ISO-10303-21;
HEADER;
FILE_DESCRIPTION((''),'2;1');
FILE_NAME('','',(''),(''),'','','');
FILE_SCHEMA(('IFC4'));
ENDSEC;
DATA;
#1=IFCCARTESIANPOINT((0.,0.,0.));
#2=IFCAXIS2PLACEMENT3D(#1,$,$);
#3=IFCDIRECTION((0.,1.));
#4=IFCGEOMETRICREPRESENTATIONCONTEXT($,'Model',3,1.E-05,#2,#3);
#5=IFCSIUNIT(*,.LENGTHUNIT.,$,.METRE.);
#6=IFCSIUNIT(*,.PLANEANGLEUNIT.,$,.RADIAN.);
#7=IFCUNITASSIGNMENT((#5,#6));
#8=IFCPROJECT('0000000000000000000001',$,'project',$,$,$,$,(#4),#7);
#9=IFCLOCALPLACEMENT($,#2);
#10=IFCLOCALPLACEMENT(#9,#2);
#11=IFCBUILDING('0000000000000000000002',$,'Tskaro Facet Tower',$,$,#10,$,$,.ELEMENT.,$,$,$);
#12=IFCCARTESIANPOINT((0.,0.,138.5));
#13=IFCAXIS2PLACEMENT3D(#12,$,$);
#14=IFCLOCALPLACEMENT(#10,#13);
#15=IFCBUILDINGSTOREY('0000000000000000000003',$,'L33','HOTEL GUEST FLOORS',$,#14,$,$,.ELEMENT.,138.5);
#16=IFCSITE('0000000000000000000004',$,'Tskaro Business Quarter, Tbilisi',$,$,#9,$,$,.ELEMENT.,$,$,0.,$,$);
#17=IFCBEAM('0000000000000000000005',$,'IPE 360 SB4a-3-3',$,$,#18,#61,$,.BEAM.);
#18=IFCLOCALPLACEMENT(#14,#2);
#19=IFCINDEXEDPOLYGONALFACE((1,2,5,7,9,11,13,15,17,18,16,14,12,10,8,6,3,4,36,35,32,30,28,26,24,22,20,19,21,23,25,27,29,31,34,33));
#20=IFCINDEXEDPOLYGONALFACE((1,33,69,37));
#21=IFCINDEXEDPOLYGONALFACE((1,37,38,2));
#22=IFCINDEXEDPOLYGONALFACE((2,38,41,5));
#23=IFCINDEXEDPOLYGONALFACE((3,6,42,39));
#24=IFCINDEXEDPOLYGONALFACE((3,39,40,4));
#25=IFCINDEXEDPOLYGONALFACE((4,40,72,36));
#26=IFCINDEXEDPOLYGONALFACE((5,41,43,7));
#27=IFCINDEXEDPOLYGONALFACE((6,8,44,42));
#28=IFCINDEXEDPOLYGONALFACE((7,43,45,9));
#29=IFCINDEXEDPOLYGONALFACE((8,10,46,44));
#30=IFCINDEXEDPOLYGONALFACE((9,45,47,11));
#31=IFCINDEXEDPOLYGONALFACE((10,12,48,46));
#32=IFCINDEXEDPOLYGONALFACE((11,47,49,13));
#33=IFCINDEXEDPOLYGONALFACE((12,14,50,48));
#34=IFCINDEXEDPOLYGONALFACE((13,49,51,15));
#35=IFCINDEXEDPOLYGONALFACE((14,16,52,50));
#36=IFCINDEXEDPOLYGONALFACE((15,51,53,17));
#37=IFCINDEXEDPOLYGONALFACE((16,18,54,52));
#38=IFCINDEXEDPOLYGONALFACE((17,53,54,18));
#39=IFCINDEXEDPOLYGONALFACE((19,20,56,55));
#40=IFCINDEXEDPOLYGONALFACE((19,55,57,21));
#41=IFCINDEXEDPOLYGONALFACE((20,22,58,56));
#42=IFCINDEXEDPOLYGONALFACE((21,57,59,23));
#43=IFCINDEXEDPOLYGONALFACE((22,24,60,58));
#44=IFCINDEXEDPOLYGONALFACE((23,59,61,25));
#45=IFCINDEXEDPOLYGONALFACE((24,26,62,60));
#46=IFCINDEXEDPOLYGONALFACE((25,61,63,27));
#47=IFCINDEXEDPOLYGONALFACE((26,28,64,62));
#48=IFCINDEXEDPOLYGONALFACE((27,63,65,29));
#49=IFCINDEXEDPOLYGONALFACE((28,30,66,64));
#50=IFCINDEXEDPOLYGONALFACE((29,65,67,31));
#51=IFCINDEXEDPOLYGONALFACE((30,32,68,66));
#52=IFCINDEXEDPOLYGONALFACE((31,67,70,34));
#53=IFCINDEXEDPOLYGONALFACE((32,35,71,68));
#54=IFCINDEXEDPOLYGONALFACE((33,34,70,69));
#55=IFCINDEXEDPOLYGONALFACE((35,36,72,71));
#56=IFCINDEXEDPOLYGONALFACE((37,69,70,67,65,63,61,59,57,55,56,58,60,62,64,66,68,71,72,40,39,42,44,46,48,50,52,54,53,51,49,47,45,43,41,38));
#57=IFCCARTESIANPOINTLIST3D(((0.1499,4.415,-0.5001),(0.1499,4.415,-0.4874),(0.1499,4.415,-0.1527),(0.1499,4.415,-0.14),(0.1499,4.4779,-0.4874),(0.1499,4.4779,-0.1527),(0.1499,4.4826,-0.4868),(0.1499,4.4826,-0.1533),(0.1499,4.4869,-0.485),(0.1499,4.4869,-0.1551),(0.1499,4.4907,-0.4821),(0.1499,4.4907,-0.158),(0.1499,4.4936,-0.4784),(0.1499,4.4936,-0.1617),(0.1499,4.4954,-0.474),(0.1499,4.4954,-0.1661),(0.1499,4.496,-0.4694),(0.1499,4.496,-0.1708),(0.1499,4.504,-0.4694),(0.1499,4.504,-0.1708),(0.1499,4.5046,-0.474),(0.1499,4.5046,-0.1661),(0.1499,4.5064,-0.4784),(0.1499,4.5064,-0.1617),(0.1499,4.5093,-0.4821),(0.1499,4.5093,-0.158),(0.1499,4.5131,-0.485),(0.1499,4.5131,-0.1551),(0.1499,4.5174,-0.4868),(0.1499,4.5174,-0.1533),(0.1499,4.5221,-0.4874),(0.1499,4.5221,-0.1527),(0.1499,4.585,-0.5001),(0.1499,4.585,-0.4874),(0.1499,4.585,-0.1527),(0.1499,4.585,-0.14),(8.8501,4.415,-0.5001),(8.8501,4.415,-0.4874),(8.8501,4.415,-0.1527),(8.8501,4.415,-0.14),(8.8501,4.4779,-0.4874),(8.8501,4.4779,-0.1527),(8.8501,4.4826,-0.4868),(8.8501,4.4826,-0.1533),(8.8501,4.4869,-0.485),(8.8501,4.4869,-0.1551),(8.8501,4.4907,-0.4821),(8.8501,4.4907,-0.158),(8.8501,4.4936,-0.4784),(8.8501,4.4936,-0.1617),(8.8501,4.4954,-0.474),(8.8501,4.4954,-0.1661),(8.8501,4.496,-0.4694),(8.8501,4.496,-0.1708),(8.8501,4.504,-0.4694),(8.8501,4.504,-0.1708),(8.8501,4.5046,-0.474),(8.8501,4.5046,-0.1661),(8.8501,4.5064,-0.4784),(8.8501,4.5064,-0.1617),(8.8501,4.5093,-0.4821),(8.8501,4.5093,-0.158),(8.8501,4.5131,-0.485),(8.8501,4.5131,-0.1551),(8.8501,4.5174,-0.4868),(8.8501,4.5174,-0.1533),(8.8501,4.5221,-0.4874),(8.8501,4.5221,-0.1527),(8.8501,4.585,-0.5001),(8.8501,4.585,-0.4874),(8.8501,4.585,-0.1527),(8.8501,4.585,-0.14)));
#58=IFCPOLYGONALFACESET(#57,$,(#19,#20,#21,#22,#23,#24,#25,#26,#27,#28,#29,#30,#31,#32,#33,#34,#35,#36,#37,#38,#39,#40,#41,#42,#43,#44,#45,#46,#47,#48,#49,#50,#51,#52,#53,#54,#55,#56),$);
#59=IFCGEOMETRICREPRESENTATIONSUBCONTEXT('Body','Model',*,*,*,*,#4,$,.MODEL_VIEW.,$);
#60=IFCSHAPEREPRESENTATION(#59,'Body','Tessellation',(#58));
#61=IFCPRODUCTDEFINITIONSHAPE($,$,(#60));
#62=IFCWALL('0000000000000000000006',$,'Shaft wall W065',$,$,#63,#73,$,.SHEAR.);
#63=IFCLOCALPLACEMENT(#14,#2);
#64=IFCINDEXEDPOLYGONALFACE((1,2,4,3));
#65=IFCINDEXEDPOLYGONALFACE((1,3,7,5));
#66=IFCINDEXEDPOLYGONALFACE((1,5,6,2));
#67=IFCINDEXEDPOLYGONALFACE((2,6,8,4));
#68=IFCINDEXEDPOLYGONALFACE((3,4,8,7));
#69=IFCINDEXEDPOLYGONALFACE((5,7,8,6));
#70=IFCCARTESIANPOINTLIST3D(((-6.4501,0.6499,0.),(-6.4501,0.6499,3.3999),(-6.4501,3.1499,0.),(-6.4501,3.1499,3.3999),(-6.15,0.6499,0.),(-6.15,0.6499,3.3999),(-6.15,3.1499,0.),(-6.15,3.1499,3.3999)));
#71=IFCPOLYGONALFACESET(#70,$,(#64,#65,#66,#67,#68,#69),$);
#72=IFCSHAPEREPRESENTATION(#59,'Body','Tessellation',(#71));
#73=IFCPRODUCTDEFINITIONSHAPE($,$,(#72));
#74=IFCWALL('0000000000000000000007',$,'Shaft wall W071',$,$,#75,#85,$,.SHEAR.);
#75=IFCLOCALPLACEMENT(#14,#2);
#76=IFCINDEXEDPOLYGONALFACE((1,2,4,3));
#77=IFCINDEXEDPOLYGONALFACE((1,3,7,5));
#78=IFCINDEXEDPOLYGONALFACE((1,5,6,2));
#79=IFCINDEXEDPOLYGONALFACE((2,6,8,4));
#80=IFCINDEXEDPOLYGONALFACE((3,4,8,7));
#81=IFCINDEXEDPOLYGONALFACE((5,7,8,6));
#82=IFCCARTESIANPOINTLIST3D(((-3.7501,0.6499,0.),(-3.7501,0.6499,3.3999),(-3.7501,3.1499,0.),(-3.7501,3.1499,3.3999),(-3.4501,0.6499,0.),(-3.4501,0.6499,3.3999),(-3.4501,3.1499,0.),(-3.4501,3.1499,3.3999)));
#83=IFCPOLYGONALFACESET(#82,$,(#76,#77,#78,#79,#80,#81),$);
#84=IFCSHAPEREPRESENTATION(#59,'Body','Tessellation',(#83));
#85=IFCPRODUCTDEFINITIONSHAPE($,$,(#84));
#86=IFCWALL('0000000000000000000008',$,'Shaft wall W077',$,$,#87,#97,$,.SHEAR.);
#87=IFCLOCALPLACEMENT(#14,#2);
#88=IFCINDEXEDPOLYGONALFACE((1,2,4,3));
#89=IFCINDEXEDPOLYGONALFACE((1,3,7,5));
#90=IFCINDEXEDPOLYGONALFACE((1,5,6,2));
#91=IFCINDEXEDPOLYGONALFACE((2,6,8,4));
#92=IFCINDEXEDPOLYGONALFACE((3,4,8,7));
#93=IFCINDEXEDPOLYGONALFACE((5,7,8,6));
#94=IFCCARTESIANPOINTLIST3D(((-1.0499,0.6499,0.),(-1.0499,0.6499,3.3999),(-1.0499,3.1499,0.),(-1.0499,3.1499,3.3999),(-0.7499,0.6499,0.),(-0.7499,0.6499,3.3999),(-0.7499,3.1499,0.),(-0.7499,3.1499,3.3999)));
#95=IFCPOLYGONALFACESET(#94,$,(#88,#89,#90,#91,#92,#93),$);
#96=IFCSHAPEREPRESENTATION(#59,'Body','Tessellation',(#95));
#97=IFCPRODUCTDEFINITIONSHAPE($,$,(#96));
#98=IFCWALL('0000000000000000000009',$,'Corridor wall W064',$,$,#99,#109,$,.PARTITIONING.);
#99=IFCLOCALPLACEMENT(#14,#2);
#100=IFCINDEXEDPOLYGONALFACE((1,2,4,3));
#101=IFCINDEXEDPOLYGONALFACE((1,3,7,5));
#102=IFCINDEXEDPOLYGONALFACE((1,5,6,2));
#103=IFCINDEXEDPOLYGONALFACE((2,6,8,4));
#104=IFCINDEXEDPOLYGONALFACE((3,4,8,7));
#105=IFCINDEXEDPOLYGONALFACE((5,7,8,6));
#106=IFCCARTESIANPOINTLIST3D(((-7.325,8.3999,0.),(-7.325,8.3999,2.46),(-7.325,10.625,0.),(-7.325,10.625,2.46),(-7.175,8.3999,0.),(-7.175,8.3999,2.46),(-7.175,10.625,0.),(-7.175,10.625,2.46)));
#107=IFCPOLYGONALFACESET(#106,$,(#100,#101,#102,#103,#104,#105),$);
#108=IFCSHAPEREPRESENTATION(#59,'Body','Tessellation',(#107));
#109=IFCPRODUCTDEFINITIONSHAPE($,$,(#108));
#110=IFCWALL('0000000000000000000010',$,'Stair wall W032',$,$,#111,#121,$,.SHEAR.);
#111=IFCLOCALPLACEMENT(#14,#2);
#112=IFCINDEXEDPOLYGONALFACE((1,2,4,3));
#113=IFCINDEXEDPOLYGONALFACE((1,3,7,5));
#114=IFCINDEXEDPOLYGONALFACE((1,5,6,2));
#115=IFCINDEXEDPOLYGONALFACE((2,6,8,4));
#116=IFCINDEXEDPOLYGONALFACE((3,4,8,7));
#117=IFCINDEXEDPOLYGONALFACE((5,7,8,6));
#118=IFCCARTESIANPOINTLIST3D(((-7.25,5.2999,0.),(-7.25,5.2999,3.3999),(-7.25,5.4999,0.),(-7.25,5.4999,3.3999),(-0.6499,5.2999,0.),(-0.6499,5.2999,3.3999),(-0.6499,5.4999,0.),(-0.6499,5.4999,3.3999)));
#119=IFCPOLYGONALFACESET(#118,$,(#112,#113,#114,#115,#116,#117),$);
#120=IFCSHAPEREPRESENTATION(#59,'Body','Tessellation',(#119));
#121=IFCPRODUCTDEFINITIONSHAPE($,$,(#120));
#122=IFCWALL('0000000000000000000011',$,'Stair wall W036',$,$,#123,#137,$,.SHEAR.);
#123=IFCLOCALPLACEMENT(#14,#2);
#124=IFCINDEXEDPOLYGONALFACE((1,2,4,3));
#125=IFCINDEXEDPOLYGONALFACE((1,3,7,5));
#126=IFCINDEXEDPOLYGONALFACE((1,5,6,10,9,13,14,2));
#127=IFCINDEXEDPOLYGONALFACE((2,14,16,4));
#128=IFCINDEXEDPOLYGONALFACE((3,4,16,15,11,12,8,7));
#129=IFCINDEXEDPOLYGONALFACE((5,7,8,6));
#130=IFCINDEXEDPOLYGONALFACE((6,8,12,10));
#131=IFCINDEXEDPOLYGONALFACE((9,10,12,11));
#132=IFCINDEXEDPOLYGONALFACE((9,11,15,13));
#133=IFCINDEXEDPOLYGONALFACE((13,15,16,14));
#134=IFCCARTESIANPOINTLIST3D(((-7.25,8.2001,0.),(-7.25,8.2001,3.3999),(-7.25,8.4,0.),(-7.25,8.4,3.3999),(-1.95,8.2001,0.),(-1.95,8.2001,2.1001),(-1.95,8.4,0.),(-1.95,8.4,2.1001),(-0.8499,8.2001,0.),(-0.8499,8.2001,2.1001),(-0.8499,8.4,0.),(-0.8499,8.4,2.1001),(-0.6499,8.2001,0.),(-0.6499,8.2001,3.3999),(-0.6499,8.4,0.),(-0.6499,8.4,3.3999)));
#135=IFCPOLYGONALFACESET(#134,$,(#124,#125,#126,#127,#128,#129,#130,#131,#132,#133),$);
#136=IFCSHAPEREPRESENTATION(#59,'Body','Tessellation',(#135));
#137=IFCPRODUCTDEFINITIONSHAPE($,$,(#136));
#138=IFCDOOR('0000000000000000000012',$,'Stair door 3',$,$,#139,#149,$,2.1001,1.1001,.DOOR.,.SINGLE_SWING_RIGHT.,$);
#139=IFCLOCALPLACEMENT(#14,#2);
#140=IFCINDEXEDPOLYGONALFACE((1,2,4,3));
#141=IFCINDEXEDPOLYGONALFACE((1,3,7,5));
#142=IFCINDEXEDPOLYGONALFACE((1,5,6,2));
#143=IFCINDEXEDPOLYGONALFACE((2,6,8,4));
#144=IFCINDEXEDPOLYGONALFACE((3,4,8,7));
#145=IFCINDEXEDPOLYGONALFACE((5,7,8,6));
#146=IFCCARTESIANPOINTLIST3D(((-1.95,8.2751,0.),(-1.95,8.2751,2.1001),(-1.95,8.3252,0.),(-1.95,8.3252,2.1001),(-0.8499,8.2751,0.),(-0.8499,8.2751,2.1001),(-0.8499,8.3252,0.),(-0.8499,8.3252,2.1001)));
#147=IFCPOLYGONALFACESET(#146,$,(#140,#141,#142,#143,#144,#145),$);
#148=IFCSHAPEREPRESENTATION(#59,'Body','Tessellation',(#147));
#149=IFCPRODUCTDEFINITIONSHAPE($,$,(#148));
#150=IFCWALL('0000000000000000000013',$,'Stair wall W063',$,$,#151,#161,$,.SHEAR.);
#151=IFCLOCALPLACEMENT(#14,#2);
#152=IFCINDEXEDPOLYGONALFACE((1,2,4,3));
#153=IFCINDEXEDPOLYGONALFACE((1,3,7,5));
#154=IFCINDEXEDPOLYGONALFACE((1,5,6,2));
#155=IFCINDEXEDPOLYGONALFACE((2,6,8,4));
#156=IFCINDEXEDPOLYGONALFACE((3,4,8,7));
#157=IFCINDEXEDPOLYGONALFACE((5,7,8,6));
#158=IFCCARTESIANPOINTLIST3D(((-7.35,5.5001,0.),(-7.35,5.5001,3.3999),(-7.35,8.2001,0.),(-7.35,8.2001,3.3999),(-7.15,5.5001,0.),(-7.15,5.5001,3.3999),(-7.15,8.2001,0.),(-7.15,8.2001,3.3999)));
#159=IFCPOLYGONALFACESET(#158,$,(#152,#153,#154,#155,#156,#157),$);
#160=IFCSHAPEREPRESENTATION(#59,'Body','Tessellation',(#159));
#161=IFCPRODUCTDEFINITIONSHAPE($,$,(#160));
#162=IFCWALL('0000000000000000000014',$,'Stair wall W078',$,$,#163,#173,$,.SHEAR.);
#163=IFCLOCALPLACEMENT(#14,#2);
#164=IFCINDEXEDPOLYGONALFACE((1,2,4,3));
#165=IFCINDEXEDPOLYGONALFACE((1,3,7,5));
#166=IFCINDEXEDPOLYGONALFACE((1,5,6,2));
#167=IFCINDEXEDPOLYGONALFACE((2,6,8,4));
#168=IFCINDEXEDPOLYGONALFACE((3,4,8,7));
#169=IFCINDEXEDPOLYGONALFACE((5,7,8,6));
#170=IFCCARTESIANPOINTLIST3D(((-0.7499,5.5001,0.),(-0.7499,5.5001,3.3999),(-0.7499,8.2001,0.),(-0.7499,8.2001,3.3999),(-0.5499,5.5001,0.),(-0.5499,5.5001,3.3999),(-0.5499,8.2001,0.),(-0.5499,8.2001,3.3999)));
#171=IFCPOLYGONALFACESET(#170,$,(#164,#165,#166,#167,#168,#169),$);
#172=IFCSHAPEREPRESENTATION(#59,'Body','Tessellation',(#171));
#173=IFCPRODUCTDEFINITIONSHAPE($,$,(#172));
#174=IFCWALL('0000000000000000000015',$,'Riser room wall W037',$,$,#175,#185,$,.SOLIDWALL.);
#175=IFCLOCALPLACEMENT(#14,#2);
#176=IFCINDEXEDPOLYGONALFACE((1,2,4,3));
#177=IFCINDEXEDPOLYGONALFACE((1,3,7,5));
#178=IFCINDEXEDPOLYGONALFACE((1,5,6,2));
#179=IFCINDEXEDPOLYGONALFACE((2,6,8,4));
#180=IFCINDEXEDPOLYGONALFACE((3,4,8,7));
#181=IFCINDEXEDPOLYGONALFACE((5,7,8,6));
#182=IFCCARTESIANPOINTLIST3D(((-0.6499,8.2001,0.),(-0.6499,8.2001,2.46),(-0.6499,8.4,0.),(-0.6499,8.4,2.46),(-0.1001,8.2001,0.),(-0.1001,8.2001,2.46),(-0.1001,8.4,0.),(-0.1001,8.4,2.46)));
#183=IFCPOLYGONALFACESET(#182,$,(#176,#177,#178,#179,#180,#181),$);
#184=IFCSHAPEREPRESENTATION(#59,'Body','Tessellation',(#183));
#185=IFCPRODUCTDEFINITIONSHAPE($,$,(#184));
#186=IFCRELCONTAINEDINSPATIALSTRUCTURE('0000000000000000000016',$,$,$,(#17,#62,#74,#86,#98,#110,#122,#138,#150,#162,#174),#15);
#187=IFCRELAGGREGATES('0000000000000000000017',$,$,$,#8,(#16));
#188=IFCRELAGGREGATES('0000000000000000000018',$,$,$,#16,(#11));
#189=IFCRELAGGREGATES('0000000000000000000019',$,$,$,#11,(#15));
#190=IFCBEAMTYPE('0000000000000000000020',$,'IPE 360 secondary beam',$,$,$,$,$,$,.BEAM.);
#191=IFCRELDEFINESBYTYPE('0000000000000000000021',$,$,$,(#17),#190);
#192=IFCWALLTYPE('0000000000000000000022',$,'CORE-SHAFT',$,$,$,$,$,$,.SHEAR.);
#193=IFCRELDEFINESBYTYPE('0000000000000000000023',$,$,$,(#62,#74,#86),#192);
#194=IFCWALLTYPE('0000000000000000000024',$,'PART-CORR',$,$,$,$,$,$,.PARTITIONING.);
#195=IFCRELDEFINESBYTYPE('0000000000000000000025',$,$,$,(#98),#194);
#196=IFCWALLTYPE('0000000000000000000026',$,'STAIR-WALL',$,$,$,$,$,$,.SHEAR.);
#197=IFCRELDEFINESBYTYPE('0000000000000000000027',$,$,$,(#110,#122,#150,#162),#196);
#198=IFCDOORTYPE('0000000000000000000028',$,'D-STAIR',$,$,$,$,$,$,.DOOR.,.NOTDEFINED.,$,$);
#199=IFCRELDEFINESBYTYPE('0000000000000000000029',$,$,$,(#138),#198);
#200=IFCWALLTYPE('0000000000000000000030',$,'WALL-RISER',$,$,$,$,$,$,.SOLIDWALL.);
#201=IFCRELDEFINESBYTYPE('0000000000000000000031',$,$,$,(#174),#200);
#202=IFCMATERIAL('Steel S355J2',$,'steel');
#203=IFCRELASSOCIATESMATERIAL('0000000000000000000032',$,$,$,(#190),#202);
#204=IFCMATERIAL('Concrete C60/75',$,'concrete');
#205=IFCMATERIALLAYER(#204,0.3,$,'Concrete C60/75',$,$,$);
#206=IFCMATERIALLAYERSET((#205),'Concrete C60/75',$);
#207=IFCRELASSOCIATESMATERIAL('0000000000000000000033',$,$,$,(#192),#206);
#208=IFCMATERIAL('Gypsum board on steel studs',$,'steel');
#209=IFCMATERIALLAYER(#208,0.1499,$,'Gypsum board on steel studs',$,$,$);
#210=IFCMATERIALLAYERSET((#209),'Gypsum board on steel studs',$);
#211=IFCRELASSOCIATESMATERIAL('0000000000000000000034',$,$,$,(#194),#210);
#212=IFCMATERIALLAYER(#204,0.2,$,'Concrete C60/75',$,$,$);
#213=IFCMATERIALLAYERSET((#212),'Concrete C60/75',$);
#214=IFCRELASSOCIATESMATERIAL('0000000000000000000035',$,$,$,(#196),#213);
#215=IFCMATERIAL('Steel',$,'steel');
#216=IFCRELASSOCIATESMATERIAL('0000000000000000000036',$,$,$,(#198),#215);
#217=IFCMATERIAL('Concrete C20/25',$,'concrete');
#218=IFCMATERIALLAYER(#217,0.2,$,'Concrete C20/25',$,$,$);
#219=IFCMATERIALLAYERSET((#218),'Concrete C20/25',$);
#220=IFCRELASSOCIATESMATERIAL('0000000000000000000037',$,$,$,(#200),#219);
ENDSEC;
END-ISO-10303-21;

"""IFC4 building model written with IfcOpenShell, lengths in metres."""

from ifc_helpers import new_model, si_unit, direction, frame, frame_2d, origin, origin_2d, place, context, subcontext, project, spatial, rectangle, i_section, extrude, material, layer, layer_set, material_profile, profile_set, type_object, element, fill, save


model = new_model("IFC4")

# Units and contexts
model_context = context("Model", 3, precision=1e-05, world=origin(), true_north=direction((0.0, 1.0)))
body_context = subcontext(model_context, "Body", "Model", "MODEL_VIEW")
ifc_project = project(units=[si_unit("LENGTHUNIT", "METRE"), si_unit("PLANEANGLEUNIT", "RADIAN")], contexts=[model_context])

# Site, building, storey
site_placement = place(None, origin())
site = spatial("IfcSite", under=ifc_project, at=site_placement, Name="Tskaro Business Quarter, Tbilisi", CompositionType="ELEMENT", RefElevation=0.0)
building_placement = place(site_placement, origin())
building = spatial("IfcBuilding", under=site, at=building_placement, Name="Tskaro Facet Tower", CompositionType="ELEMENT")
storey_placement = place(building_placement, frame((0.0, 0.0, 138.5)))
storey = spatial("IfcBuildingStorey", under=building, at=storey_placement, Name="L33", Description="HOTEL GUEST FLOORS", CompositionType="ELEMENT", Elevation=138.5)

# Beam
ifc_material_1 = material(Name="Steel S355J2", Category="steel")
ifc_material_profile_1 = material_profile(ifc_material_1, i_section(OverallWidth=0.1699, OverallDepth=0.3601, WebThickness=0.0081, FlangeThickness=0.0127, FilletRadius=0.0181, at=origin_2d()), Name="IPE 360")
ifc_profile_set_1 = profile_set([ifc_material_profile_1], Name="Steel S355J2")
beam_type_1 = type_object("IfcBeamType", Name="IPE 360 secondary beam", PredefinedType="BEAM", material=ifc_profile_set_1)
beam_1_placement = place(storey_placement, frame((0.1499, 4.5, -0.3201), z_axis=(1.0, 0.0, 0.0), x_axis=(0.0, 1.0, 0.0)))
element("IfcBeam", 1, at=beam_1_placement, inside=storey, type_object=beam_type_1, Name="IPE 360 SB4a-3-3", PredefinedType="BEAM", context=body_context, shape_type="SweptSolid", body=[
    extrude(i_section(OverallWidth=0.1699, OverallDepth=0.3601, WebThickness=0.0081, FlangeThickness=0.0127, FilletRadius=0.0181, at=origin_2d()), origin(), (0.0, 0.0, 1.0), 8.7002),
])

# Walls
ifc_material_2 = material(Name="Concrete C60/75", Category="concrete")
ifc_layer_1 = layer(ifc_material_2, 0.3, Name="Concrete C60/75")
ifc_layer_set_1 = layer_set([ifc_layer_1], Name="Concrete C60/75")
wall_type_1 = type_object("IfcWallType", Name="CORE-SHAFT", PredefinedType="SHEAR", material=ifc_layer_set_1)
for number, where, z_axis, x_axis, name in (
    (2, (-6.3, 0.6499, 0.0), (0.0, 0.0, 1.0), (0.0, 1.0, 0.0), "Shaft wall W065"),
    (3, (-3.6001, 0.6499, 0.0), (0.0, 0.0, 1.0), (0.0, 1.0, 0.0), "Shaft wall W071"),
    (4, (-0.8999, 0.6499, 0.0), (0.0, 0.0, 1.0), (0.0, 1.0, 0.0), "Shaft wall W077"),
):
    element("IfcWall", number, at=place(storey_placement, frame(where, z_axis=z_axis, x_axis=x_axis)), inside=storey, type_object=wall_type_1, Name=name, PredefinedType="SHEAR", context=body_context, shape_type="SweptSolid", body=[
        extrude(rectangle(XDim=2.5, YDim=0.3, at=frame_2d((1.25, 0.0))), origin(), (0.0, 0.0, 1.0), 3.3999),
    ])
ifc_material_3 = material(Name="Gypsum board on steel studs", Category="steel")
ifc_layer_2 = layer(ifc_material_3, 0.1499, Name="Gypsum board on steel studs")
ifc_layer_set_2 = layer_set([ifc_layer_2], Name="Gypsum board on steel studs")
wall_type_2 = type_object("IfcWallType", Name="PART-CORR", PredefinedType="PARTITIONING", material=ifc_layer_set_2)
wall_1_placement = place(storey_placement, frame((-7.25, 8.3999, 0.0), z_axis=(0.0, 0.0, 1.0), x_axis=(0.0, 1.0, 0.0)))
element("IfcWall", 5, at=wall_1_placement, inside=storey, type_object=wall_type_2, Name="Corridor wall W064", PredefinedType="PARTITIONING", context=body_context, shape_type="SweptSolid", body=[
    extrude(rectangle(XDim=2.2251, YDim=0.1499, at=frame_2d((1.1125, 0.0))), origin(), (0.0, 0.0, 1.0), 2.46),
])
ifc_layer_3 = layer(ifc_material_2, 0.2, Name="Concrete C60/75")
ifc_layer_set_3 = layer_set([ifc_layer_3], Name="Concrete C60/75")
wall_type_3 = type_object("IfcWallType", Name="STAIR-WALL", PredefinedType="SHEAR", material=ifc_layer_set_3)
wall_2_placement = place(storey_placement, frame((-7.25, 5.3999, 0.0), z_axis=(0.0, 0.0, 1.0), x_axis=(1.0, 0.0, 0.0)))
element("IfcWall", 6, at=wall_2_placement, inside=storey, type_object=wall_type_3, Name="Stair wall W032", PredefinedType="SHEAR", context=body_context, shape_type="SweptSolid", body=[
    extrude(rectangle(XDim=6.6001, YDim=0.2, at=frame_2d((3.3, 0.0))), origin(), (0.0, 0.0, 1.0), 3.3999),
])

# Wall, opening, door
wall_3_placement = place(storey_placement, frame((-0.6499, 8.3, 0.0), z_axis=(0.0, 0.0, 1.0), x_axis=(-1.0, 0.0, 0.0)))
wall_3 = element("IfcWall", 7, at=wall_3_placement, inside=storey, type_object=wall_type_3, Name="Stair wall W036", PredefinedType="SHEAR", context=body_context, shape_type="SweptSolid", body=[
    extrude(rectangle(XDim=6.6001, YDim=0.2, at=frame_2d((3.3, 0.0))), origin(), (0.0, 0.0, 1.0), 3.3999),
])
opening_1_placement = place(wall_3_placement, frame((0.2, 0.0, 0.0)))
opening_1 = element("IfcOpeningElement", 8, at=opening_1_placement, cuts=wall_3, PredefinedType="OPENING", context=body_context, shape_type="SweptSolid", body=[
    extrude(rectangle(XDim=1.1001, YDim=2.1001, at=frame_2d((0.55, 1.05))), frame((0.0, 0.1099, 0.0), z_axis=(0.0, -1.0, 0.0), x_axis=(1.0, 0.0, 0.0)), (0.0, 0.0, 1.0), 0.22),
])
ifc_material_4 = material(Name="Steel", Category="steel")
door_type_1 = type_object("IfcDoorType", Name="D-STAIR", OperationType="NOTDEFINED", PredefinedType="DOOR", material=ifc_material_4)
door_1_placement = place(opening_1_placement, origin())
door_1 = element("IfcDoor", 9, at=door_1_placement, inside=storey, type_object=door_type_1, Name="Stair door 3", OperationType="SINGLE_SWING_RIGHT", OverallHeight=2.1001, OverallWidth=1.1001, PredefinedType="DOOR", context=body_context, shape_type="SweptSolid", body=[
    extrude(rectangle(XDim=1.1001, YDim=2.1001, at=frame_2d((0.55, 1.05))), frame((0.0, 0.0249, 0.0), z_axis=(0.0, -1.0, 0.0), x_axis=(1.0, 0.0, 0.0)), (0.0, 0.0, 1.0), 0.05),
])
fill(opening_1, door_1)

# Walls
for number, where, z_axis, x_axis, name in (
    (10, (-7.25, 5.5, 0.0), (0.0, 0.0, 1.0), (0.0, 1.0, 0.0), "Stair wall W063"),
    (11, (-0.6499, 5.5, 0.0), (0.0, 0.0, 1.0), (0.0, 1.0, 0.0), "Stair wall W078"),
):
    element("IfcWall", number, at=place(storey_placement, frame(where, z_axis=z_axis, x_axis=x_axis)), inside=storey, type_object=wall_type_3, Name=name, PredefinedType="SHEAR", context=body_context, shape_type="SweptSolid", body=[
        extrude(rectangle(XDim=2.7, YDim=0.2, at=frame_2d((1.3501, 0.0))), origin(), (0.0, 0.0, 1.0), 3.3999),
    ])
ifc_material_5 = material(Name="Concrete C20/25", Category="concrete")
ifc_layer_4 = layer(ifc_material_5, 0.2, Name="Concrete C20/25")
ifc_layer_set_4 = layer_set([ifc_layer_4], Name="Concrete C20/25")
wall_type_4 = type_object("IfcWallType", Name="WALL-RISER", PredefinedType="SOLIDWALL", material=ifc_layer_set_4)
wall_4_placement = place(storey_placement, frame((-0.6499, 8.3, 0.0), z_axis=(0.0, 0.0, 1.0), x_axis=(1.0, 0.0, 0.0)))
element("IfcWall", 12, at=wall_4_placement, inside=storey, type_object=wall_type_4, Name="Riser room wall W037", PredefinedType="SOLIDWALL", context=body_context, shape_type="SweptSolid", body=[
    extrude(rectangle(XDim=0.5498, YDim=0.2, at=frame_2d((0.2749, 0.0))), origin(), (0.0, 0.0, 1.0), 2.46),
])

save(model, "model.ifc")
